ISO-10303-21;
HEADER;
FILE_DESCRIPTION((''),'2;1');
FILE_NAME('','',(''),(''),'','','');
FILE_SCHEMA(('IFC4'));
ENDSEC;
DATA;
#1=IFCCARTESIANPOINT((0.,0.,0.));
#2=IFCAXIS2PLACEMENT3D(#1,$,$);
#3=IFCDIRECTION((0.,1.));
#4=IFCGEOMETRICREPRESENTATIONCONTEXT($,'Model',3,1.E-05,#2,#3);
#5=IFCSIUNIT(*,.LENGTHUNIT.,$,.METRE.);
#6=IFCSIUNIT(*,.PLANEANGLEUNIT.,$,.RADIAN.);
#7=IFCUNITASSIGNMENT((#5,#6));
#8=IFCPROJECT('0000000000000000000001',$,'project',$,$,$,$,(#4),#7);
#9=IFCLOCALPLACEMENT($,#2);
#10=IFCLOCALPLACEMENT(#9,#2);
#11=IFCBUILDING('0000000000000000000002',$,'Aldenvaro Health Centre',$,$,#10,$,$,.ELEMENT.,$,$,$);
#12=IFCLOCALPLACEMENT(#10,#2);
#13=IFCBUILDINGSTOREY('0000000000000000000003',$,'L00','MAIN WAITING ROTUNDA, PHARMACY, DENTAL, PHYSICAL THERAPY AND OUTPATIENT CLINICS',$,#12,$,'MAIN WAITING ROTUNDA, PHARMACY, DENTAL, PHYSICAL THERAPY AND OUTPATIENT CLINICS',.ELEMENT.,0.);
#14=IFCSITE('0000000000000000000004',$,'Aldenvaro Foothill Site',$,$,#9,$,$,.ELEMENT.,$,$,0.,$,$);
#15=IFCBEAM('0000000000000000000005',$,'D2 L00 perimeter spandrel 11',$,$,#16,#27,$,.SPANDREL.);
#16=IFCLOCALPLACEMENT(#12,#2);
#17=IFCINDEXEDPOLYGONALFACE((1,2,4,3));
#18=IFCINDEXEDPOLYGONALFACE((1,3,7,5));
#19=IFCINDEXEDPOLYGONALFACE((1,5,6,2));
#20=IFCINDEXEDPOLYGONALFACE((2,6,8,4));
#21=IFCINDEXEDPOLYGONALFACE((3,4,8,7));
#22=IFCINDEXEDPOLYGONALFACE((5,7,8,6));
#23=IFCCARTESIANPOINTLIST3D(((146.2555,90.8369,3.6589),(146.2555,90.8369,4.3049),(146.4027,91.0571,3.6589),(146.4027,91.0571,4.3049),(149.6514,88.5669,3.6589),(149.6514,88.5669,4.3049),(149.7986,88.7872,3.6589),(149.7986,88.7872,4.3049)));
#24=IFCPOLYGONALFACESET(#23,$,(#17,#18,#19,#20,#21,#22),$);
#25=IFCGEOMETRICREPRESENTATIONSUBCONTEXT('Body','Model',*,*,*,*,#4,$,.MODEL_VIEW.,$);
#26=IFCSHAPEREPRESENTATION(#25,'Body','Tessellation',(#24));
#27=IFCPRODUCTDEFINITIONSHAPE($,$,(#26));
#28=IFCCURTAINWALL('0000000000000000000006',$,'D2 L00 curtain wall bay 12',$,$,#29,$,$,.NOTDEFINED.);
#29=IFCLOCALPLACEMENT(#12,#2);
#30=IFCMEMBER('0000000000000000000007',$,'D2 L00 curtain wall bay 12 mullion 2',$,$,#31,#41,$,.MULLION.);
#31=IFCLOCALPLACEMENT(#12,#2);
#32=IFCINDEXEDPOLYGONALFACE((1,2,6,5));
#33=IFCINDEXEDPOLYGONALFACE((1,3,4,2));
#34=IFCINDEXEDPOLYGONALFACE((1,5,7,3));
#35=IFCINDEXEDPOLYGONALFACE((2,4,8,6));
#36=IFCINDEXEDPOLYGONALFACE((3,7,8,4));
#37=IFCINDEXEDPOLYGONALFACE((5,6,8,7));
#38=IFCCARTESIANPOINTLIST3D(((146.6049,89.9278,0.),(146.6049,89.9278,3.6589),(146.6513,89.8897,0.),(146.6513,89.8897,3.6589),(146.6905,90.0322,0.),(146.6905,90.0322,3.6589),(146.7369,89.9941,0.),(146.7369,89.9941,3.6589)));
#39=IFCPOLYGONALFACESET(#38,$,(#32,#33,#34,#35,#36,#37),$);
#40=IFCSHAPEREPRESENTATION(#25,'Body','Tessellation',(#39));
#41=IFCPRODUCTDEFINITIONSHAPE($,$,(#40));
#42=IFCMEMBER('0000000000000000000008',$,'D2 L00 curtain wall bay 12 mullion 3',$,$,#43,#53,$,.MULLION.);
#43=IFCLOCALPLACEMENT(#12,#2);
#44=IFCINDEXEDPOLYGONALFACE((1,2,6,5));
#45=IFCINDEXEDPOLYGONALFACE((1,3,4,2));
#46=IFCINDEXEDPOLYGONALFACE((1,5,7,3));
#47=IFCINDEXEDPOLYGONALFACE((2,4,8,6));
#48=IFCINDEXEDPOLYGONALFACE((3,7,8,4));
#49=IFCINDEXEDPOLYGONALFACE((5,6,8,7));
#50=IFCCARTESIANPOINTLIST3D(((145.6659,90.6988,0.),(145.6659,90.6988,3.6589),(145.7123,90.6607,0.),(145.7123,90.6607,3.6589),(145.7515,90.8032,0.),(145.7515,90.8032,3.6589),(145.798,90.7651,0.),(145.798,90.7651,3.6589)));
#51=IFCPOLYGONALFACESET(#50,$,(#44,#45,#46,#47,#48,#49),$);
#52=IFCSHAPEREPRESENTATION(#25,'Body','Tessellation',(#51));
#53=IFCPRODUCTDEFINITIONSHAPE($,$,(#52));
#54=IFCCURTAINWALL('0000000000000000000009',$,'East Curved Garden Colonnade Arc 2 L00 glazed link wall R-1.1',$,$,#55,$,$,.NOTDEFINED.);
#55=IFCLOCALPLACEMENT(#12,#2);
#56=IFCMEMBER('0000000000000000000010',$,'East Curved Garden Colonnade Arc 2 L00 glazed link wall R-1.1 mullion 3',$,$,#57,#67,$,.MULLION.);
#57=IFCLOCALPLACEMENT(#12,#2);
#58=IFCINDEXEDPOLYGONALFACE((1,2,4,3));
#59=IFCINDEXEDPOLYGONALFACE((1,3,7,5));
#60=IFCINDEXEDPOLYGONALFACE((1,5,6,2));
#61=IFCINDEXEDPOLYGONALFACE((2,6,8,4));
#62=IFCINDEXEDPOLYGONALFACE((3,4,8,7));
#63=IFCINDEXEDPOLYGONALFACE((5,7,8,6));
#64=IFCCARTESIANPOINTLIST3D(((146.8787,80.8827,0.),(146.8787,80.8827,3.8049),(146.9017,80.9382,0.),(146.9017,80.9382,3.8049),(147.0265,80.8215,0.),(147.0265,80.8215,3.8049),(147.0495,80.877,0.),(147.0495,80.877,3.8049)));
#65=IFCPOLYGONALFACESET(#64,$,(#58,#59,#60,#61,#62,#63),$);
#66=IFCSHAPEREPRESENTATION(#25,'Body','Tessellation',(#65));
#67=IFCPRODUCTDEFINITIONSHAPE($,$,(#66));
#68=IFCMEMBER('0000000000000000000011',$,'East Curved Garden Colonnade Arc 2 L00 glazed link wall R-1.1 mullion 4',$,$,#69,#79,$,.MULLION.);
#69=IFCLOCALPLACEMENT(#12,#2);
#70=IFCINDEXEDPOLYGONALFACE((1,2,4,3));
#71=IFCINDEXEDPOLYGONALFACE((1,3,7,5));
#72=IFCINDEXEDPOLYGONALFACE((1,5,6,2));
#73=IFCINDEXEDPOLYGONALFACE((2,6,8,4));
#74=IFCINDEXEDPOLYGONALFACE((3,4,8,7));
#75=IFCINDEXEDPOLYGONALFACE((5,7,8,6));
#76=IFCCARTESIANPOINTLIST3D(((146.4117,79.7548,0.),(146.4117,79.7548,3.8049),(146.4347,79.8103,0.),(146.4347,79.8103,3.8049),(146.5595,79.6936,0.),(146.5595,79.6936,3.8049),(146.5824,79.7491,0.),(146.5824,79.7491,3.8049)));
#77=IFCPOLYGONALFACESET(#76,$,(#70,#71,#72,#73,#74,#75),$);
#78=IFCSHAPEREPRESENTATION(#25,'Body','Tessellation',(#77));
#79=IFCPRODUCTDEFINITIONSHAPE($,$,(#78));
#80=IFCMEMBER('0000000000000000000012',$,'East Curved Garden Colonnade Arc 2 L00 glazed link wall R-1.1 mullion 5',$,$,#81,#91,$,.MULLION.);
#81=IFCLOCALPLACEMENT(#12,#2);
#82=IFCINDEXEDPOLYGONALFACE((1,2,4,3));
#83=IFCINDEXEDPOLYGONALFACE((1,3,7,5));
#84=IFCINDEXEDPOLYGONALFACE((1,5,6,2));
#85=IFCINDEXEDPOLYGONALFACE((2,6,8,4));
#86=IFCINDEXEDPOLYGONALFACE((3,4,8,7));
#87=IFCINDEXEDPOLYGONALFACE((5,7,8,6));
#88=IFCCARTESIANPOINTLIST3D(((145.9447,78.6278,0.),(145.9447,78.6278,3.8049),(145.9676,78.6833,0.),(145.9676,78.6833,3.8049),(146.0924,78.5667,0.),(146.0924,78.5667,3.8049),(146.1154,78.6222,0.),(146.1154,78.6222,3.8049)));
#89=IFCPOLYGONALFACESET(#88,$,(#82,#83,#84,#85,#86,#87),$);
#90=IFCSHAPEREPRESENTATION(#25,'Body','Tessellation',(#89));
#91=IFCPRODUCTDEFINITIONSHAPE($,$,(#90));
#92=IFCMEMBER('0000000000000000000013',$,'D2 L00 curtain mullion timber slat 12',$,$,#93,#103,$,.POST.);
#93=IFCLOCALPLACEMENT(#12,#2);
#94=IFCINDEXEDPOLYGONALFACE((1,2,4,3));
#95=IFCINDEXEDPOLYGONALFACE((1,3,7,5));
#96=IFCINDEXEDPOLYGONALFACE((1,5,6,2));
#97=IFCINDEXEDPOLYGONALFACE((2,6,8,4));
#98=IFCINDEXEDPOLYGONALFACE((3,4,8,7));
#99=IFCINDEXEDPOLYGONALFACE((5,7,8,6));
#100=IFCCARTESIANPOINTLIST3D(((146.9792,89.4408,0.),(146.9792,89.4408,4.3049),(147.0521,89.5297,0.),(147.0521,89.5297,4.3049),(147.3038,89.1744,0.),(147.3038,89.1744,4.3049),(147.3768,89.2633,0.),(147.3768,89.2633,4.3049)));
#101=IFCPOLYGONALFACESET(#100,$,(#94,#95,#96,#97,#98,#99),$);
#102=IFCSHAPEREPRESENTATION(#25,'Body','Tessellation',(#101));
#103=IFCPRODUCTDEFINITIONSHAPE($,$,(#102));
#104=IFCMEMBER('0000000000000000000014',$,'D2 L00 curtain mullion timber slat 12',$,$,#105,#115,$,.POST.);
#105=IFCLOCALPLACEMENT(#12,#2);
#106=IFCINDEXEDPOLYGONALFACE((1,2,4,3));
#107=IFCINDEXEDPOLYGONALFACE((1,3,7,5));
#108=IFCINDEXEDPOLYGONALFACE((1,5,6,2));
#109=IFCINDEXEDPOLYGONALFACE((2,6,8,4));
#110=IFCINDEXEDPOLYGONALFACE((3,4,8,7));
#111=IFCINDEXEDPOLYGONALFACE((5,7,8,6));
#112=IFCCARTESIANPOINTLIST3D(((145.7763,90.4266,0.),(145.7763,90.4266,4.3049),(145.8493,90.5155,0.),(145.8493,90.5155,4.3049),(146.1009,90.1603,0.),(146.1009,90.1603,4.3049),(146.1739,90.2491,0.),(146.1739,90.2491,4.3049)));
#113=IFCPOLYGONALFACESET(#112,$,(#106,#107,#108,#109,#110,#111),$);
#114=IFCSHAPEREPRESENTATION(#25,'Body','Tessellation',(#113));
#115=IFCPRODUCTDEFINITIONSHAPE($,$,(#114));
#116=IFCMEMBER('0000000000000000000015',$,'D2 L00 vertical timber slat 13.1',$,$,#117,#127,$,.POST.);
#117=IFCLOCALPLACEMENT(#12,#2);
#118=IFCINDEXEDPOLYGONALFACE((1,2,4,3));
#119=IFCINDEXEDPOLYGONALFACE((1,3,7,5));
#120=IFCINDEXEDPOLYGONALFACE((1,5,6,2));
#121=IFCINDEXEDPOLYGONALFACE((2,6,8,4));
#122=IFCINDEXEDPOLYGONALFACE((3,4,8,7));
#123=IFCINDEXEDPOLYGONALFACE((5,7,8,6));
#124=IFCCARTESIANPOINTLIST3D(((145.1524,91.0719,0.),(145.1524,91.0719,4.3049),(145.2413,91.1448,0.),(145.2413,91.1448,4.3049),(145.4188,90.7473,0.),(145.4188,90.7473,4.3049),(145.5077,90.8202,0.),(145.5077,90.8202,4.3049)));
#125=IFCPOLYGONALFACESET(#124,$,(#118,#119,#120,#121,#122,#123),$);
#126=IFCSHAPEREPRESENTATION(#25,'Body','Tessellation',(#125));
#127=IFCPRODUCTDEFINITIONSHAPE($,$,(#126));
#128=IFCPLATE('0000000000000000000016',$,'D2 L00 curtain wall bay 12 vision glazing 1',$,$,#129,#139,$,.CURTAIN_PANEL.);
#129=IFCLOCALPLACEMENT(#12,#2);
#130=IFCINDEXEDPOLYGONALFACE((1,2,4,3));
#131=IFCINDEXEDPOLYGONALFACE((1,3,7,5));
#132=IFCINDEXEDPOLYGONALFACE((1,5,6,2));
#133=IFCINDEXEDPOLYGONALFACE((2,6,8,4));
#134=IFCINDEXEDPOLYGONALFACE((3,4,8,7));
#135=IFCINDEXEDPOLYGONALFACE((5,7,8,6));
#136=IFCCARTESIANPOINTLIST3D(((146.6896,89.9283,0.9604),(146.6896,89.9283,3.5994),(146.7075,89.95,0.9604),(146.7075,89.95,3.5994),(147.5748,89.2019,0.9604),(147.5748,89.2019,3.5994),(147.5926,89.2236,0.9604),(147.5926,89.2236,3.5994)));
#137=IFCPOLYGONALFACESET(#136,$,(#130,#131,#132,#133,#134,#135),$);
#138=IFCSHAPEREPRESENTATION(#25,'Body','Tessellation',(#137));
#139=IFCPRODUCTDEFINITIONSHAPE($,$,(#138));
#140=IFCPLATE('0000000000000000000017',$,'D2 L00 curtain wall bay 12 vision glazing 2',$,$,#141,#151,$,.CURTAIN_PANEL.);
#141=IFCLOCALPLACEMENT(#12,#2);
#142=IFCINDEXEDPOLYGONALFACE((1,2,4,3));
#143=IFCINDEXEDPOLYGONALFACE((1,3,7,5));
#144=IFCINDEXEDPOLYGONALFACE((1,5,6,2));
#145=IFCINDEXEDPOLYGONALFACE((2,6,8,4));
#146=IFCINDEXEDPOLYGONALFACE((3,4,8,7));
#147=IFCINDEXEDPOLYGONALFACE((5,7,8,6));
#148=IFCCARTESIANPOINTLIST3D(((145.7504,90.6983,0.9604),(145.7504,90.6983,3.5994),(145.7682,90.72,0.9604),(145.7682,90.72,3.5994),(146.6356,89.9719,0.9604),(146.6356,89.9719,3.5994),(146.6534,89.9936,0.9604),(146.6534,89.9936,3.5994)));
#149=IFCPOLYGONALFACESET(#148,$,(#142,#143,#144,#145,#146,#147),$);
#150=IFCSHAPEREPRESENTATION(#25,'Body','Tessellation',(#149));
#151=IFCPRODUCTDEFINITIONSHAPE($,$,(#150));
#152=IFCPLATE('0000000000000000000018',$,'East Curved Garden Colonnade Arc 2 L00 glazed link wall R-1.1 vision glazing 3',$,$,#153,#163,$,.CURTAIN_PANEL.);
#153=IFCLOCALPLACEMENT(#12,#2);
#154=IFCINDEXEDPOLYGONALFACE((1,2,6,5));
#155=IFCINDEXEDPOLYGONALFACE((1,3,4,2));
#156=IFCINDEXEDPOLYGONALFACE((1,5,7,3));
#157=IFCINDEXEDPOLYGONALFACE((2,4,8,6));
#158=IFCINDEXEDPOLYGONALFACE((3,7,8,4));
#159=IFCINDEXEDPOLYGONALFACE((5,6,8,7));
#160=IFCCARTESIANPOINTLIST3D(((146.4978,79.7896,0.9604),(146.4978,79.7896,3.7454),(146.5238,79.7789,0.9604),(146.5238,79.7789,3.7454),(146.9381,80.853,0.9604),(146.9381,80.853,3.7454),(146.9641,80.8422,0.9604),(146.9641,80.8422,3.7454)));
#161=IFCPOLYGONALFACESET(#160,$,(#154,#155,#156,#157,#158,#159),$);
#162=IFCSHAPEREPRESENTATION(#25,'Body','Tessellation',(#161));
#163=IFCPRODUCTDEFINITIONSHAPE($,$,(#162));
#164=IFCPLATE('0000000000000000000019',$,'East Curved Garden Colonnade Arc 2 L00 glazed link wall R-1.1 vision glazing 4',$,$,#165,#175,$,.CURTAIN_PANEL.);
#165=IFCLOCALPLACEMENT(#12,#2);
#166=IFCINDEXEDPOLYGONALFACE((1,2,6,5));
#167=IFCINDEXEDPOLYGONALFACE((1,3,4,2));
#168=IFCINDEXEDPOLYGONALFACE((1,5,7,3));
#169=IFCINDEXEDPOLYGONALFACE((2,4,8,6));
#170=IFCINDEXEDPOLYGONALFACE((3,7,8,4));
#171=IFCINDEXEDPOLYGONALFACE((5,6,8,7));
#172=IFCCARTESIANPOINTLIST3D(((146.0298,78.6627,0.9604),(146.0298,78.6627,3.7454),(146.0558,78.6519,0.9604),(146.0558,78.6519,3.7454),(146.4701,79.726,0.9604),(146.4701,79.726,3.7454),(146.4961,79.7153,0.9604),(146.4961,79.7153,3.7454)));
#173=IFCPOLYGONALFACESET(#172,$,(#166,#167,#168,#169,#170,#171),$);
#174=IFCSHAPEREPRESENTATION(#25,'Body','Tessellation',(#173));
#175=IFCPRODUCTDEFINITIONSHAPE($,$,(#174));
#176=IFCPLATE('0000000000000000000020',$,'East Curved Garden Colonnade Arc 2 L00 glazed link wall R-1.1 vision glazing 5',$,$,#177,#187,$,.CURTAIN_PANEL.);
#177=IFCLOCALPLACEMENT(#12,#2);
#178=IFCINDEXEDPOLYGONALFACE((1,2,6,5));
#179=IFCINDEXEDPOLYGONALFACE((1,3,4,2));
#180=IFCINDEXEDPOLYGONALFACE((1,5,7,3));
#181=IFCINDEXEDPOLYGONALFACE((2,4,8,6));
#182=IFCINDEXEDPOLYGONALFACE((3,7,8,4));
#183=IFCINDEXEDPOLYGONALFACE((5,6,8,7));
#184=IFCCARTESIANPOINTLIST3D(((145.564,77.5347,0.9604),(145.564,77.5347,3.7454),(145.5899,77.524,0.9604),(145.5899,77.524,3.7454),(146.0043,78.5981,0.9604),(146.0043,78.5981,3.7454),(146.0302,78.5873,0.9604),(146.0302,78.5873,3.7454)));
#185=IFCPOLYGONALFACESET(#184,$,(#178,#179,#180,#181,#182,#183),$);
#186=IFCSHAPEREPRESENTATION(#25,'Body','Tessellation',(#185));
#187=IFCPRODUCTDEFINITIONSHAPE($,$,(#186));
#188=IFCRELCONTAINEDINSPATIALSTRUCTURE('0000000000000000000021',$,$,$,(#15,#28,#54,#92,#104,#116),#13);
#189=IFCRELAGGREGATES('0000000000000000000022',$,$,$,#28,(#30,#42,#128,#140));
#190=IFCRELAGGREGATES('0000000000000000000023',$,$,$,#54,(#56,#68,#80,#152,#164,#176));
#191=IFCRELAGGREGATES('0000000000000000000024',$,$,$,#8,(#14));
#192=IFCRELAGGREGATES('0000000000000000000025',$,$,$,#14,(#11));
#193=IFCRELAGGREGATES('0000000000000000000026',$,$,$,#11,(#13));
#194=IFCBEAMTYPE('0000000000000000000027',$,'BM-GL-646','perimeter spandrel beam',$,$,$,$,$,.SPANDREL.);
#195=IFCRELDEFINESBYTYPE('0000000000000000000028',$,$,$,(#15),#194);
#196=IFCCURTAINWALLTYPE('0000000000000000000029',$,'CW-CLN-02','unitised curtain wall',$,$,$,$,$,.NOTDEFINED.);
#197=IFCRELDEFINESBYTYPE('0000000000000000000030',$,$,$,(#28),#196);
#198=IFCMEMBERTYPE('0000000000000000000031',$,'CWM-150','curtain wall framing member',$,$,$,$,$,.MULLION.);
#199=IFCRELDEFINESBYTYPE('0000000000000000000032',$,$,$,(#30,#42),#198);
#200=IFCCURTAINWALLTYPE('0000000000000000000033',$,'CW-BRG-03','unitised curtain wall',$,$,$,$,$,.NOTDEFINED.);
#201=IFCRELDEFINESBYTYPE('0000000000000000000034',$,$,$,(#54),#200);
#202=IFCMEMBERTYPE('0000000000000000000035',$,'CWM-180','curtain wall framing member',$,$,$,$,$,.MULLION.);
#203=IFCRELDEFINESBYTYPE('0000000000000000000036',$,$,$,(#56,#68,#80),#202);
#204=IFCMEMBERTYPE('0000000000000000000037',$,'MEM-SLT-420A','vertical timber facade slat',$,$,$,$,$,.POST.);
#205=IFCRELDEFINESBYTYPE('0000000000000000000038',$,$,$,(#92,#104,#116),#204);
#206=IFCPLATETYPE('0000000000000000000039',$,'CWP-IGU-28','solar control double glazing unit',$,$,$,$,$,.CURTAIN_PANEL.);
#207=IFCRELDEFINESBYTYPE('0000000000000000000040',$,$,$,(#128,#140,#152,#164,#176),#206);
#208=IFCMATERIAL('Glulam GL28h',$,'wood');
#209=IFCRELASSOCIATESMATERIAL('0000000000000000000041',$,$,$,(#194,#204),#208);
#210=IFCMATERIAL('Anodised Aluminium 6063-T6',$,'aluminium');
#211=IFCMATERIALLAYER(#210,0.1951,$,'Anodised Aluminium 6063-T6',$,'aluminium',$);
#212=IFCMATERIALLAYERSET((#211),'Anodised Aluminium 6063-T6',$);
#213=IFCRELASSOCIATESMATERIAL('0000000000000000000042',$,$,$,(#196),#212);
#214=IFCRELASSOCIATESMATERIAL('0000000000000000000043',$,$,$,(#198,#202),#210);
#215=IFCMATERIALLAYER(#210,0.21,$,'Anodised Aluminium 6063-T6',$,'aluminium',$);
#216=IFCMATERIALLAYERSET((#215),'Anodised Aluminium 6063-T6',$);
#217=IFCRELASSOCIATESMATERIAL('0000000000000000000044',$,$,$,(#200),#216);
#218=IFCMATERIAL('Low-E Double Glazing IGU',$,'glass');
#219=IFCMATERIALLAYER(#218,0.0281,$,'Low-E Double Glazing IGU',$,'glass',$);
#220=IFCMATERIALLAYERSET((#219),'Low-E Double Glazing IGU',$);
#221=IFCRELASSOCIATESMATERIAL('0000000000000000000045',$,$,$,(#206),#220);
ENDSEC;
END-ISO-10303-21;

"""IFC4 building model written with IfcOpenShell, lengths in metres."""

from ifc_helpers import new_model, si_unit, direction, frame, origin, origin_2d, place, context, subcontext, project, spatial, rectangle, extrude, material, layer, layer_set, material_profile, profile_set, type_object, element, aggregate, save


model = new_model("IFC4")

# Units and contexts
model_context = context("Model", 3, precision=1e-05, world=origin(), true_north=direction((0.0, 1.0)))
body_context = subcontext(model_context, "Body", "Model", "MODEL_VIEW")
ifc_project = project(units=[si_unit("LENGTHUNIT", "METRE"), si_unit("PLANEANGLEUNIT", "RADIAN")], contexts=[model_context])

# Site, building, storey
site_placement = place(None, origin())
site = spatial("IfcSite", under=ifc_project, at=site_placement, Name="Aldenvaro Foothill Site", CompositionType="ELEMENT", RefElevation=0.0)
building_placement = place(site_placement, origin())
building = spatial("IfcBuilding", under=site, at=building_placement, Name="Aldenvaro Health Centre", CompositionType="ELEMENT")
storey_placement = place(building_placement, origin())
storey = spatial("IfcBuildingStorey", under=building, at=storey_placement, Name="L00", Description="MAIN WAITING ROTUNDA, PHARMACY, DENTAL, PHYSICAL THERAPY AND OUTPATIENT CLINICS", LongName="MAIN WAITING ROTUNDA, PHARMACY, DENTAL, PHYSICAL THERAPY AND OUTPATIENT CLINICS", CompositionType="ELEMENT", Elevation=0.0)

# Beam
ifc_material_1 = material(Name="Glulam GL28h", Category="wood")
ifc_material_profile_1 = material_profile(ifc_material_1, rectangle(XDim=0.2649, YDim=0.646, at=origin_2d()), Name="GL 265x646", Category="wood")
ifc_profile_set_1 = profile_set([ifc_material_profile_1], Name="Glulam GL28h")
beam_type = type_object("IfcBeamType", Name="BM-GL-646", Description="perimeter spandrel beam", PredefinedType="SPANDREL", material=ifc_profile_set_1)
beam_placement = place(storey_placement, frame((146.3291, 90.947, 3.9819), z_axis=(0.831369, -0.55572, 0.0), x_axis=(0.55572, 0.831369, 0.0)))
element("IfcBeam", 1, at=beam_placement, inside=storey, type_object=beam_type, Name="D2 L00 perimeter spandrel 11", PredefinedType="SPANDREL", context=body_context, shape_type="SweptSolid", body=[
    extrude(rectangle(XDim=0.2649, YDim=0.646, at=origin_2d()), origin(), (0.0, 0.0, 1.0), 4.0847),
])

# Curtain walls, members
ifc_material_2 = material(Name="Anodised Aluminium 6063-T6", Category="aluminium")
ifc_layer_1 = layer(ifc_material_2, 0.1951, Name="Anodised Aluminium 6063-T6", Category="aluminium")
ifc_layer_set_1 = layer_set([ifc_layer_1], Name="Anodised Aluminium 6063-T6")
curtain_wall_type_1 = type_object("IfcCurtainWallType", Name="CW-CLN-02", Description="unitised curtain wall", PredefinedType="NOTDEFINED", material=ifc_layer_set_1)
curtain_wall_1_placement = place(storey_placement, origin())
curtain_wall_1 = element("IfcCurtainWall", 2, at=curtain_wall_1_placement, inside=storey, type_object=curtain_wall_type_1, Name="D2 L00 curtain wall bay 12", PredefinedType="NOTDEFINED")
ifc_material_profile_2 = material_profile(ifc_material_2, rectangle(XDim=0.0601, YDim=0.135, at=origin_2d()), Name="ALU 60x135", Category="aluminium")
ifc_profile_set_2 = profile_set([ifc_material_profile_2], Name="Anodised Aluminium 6063-T6")
member_type_1 = type_object("IfcMemberType", Name="CWM-150", Description="curtain wall framing member", PredefinedType="MULLION", material=ifc_profile_set_2)
member_1_placement = place(storey_placement, frame((146.6709, 89.9609, 0.0), z_axis=(0.0, 0.0, 1.0), x_axis=(-0.773022, 0.63438, 0.0)))
member_1 = element("IfcMember", 3, at=member_1_placement, type_object=member_type_1, Name="D2 L00 curtain wall bay 12 mullion 2", PredefinedType="MULLION", context=body_context, shape_type="SweptSolid", body=[
    extrude(rectangle(XDim=0.0601, YDim=0.135, at=origin_2d()), origin(), (0.0, 0.0, 1.0), 3.6589),
])
member_2_placement = place(storey_placement, frame((145.7319, 90.7319, 0.0), z_axis=(0.0, 0.0, 1.0), x_axis=(-0.773022, 0.63438, 0.0)))
member_2 = element("IfcMember", 4, at=member_2_placement, type_object=member_type_1, Name="D2 L00 curtain wall bay 12 mullion 3", PredefinedType="MULLION", context=body_context, shape_type="SweptSolid", body=[
    extrude(rectangle(XDim=0.0601, YDim=0.135, at=origin_2d()), origin(), (0.0, 0.0, 1.0), 3.6589),
])
ifc_layer_2 = layer(ifc_material_2, 0.21, Name="Anodised Aluminium 6063-T6", Category="aluminium")
ifc_layer_set_2 = layer_set([ifc_layer_2], Name="Anodised Aluminium 6063-T6")
curtain_wall_type_2 = type_object("IfcCurtainWallType", Name="CW-BRG-03", Description="unitised curtain wall", PredefinedType="NOTDEFINED", material=ifc_layer_set_2)
curtain_wall_2_placement = place(storey_placement, origin())
curtain_wall_2 = element("IfcCurtainWall", 5, at=curtain_wall_2_placement, inside=storey, type_object=curtain_wall_type_2, Name="East Curved Garden Colonnade Arc 2 L00 glazed link wall R-1.1", PredefinedType="NOTDEFINED")
ifc_material_profile_3 = material_profile(ifc_material_2, rectangle(XDim=0.0601, YDim=0.1599, at=origin_2d()), Name="ALU 60x160", Category="aluminium")
ifc_profile_set_3 = profile_set([ifc_material_profile_3], Name="Anodised Aluminium 6063-T6")
member_type_2 = type_object("IfcMemberType", Name="CWM-180", Description="curtain wall framing member", PredefinedType="MULLION", material=ifc_profile_set_3)
member_3_placement = place(storey_placement, frame((146.9641, 80.8799, 0.0), z_axis=(0.0, 0.0, 1.0), x_axis=(-0.382569, -0.923927, 0.0)))
member_3 = element("IfcMember", 6, at=member_3_placement, type_object=member_type_2, Name="East Curved Garden Colonnade Arc 2 L00 glazed link wall R-1.1 mullion 3", PredefinedType="MULLION", context=body_context, shape_type="SweptSolid", body=[
    extrude(rectangle(XDim=0.0601, YDim=0.1599, at=origin_2d()), origin(), (0.0, 0.0, 1.0), 3.8049),
])
member_4_placement = place(storey_placement, frame((146.4971, 79.752, 0.0), z_axis=(0.0, 0.0, 1.0), x_axis=(-0.382569, -0.923927, 0.0)))
member_4 = element("IfcMember", 7, at=member_4_placement, type_object=member_type_2, Name="East Curved Garden Colonnade Arc 2 L00 glazed link wall R-1.1 mullion 4", PredefinedType="MULLION", context=body_context, shape_type="SweptSolid", body=[
    extrude(rectangle(XDim=0.0601, YDim=0.1599, at=origin_2d()), origin(), (0.0, 0.0, 1.0), 3.8049),
])
member_5_placement = place(storey_placement, frame((146.03, 78.625, 0.0), z_axis=(0.0, 0.0, 1.0), x_axis=(-0.382569, -0.923927, 0.0)))
member_5 = element("IfcMember", 8, at=member_5_placement, type_object=member_type_2, Name="East Curved Garden Colonnade Arc 2 L00 glazed link wall R-1.1 mullion 5", PredefinedType="MULLION", context=body_context, shape_type="SweptSolid", body=[
    extrude(rectangle(XDim=0.0601, YDim=0.1599, at=origin_2d()), origin(), (0.0, 0.0, 1.0), 3.8049),
])

# Members
ifc_material_profile_4 = material_profile(ifc_material_1, rectangle(XDim=0.115, YDim=0.4199, at=origin_2d()), Name="GL 115x420", Category="wood")
ifc_profile_set_4 = profile_set([ifc_material_profile_4], Name="Glulam GL28h")
member_type_3 = type_object("IfcMemberType", Name="MEM-SLT-420A", Description="vertical timber facade slat", PredefinedType="POST", material=ifc_profile_set_4)
for number, where, z_axis, x_axis, name in (
    (9, (147.178, 89.3521, 0.0), (0.0, 0.0, 1.0), (-0.63438, -0.773022, 0.0), "D2 L00 curtain mullion timber slat 12"),
    (10, (145.9751, 90.3379, 0.0), (0.0, 0.0, 1.0), (-0.63438, -0.773022, 0.0), "D2 L00 curtain mullion timber slat 12"),
    (11, (145.3301, 90.946, 0.0), (0.0, 0.0, 1.0), (-0.773022, -0.63438, 0.0), "D2 L00 vertical timber slat 13.1"),
):
    element("IfcMember", number, at=place(storey_placement, frame(where, z_axis=z_axis, x_axis=x_axis)), inside=storey, type_object=member_type_3, Name=name, PredefinedType="POST", context=body_context, shape_type="SweptSolid", body=[
        extrude(rectangle(XDim=0.115, YDim=0.4199, at=origin_2d()), origin(), (0.0, 0.0, 1.0), 4.3049),
    ])

# Plates
ifc_material_3 = material(Name="Low-E Double Glazing IGU", Category="glass")
ifc_layer_3 = layer(ifc_material_3, 0.0281, Name="Low-E Double Glazing IGU", Category="glass")
ifc_layer_set_3 = layer_set([ifc_layer_3], Name="Low-E Double Glazing IGU")
plate_type_1 = type_object("IfcPlateType", Name="CWP-IGU-28", Description="solar control double glazing unit", PredefinedType="CURTAIN_PANEL", material=ifc_layer_set_3)
plate_1_placement = place(storey_placement, frame((147.1411, 89.5759, 0.9604), z_axis=(0.0, 0.0, 1.0), x_axis=(-0.773022, 0.63438, 0.0)))
plate_1 = element("IfcPlate", 12, at=plate_1_placement, type_object=plate_type_1, Name="D2 L00 curtain wall bay 12 vision glazing 1", PredefinedType="CURTAIN_PANEL", context=body_context, shape_type="SweptSolid", body=[
    extrude(rectangle(XDim=1.145, YDim=0.0281, at=origin_2d()), origin(), (0.0, 0.0, 1.0), 2.6389),
])
plate_2_placement = place(storey_placement, frame((146.2019, 90.3459, 0.9604), z_axis=(0.0, 0.0, 1.0), x_axis=(-0.773022, 0.63438, 0.0)))
plate_2 = element("IfcPlate", 13, at=plate_2_placement, type_object=plate_type_1, Name="D2 L00 curtain wall bay 12 vision glazing 2", PredefinedType="CURTAIN_PANEL", context=body_context, shape_type="SweptSolid", body=[
    extrude(rectangle(XDim=1.145, YDim=0.0281, at=origin_2d()), origin(), (0.0, 0.0, 1.0), 2.6389),
])
plate_3_placement = place(storey_placement, frame((146.731, 80.3159, 0.9604), z_axis=(0.0, 0.0, 1.0), x_axis=(-0.382569, -0.923927, 0.0)))
plate_3 = element("IfcPlate", 14, at=plate_3_placement, type_object=plate_type_1, Name="East Curved Garden Colonnade Arc 2 L00 glazed link wall R-1.1 vision glazing 3", PredefinedType="CURTAIN_PANEL", context=body_context, shape_type="SweptSolid", body=[
    extrude(rectangle(XDim=1.1509, YDim=0.0281, at=origin_2d()), origin(), (0.0, 0.0, 1.0), 2.7849),
])
plate_4_placement = place(storey_placement, frame((146.2629, 79.189, 0.9604), z_axis=(0.0, 0.0, 1.0), x_axis=(-0.382569, -0.923927, 0.0)))
plate_4 = element("IfcPlate", 15, at=plate_4_placement, type_object=plate_type_1, Name="East Curved Garden Colonnade Arc 2 L00 glazed link wall R-1.1 vision glazing 4", PredefinedType="CURTAIN_PANEL", context=body_context, shape_type="SweptSolid", body=[
    extrude(rectangle(XDim=1.1509, YDim=0.0281, at=origin_2d()), origin(), (0.0, 0.0, 1.0), 2.7849),
])
plate_5_placement = place(storey_placement, frame((145.7971, 78.061, 0.9604), z_axis=(0.0, 0.0, 1.0), x_axis=(-0.382569, -0.923927, 0.0)))
plate_5 = element("IfcPlate", 16, at=plate_5_placement, type_object=plate_type_1, Name="East Curved Garden Colonnade Arc 2 L00 glazed link wall R-1.1 vision glazing 5", PredefinedType="CURTAIN_PANEL", context=body_context, shape_type="SweptSolid", body=[
    extrude(rectangle(XDim=1.1509, YDim=0.0281, at=origin_2d()), origin(), (0.0, 0.0, 1.0), 2.7849),
])
aggregate(curtain_wall_1, [member_1, member_2, plate_1, plate_2])
aggregate(curtain_wall_2, [member_3, member_4, member_5, plate_3, plate_4, plate_5])

save(model, "model.ifc")
